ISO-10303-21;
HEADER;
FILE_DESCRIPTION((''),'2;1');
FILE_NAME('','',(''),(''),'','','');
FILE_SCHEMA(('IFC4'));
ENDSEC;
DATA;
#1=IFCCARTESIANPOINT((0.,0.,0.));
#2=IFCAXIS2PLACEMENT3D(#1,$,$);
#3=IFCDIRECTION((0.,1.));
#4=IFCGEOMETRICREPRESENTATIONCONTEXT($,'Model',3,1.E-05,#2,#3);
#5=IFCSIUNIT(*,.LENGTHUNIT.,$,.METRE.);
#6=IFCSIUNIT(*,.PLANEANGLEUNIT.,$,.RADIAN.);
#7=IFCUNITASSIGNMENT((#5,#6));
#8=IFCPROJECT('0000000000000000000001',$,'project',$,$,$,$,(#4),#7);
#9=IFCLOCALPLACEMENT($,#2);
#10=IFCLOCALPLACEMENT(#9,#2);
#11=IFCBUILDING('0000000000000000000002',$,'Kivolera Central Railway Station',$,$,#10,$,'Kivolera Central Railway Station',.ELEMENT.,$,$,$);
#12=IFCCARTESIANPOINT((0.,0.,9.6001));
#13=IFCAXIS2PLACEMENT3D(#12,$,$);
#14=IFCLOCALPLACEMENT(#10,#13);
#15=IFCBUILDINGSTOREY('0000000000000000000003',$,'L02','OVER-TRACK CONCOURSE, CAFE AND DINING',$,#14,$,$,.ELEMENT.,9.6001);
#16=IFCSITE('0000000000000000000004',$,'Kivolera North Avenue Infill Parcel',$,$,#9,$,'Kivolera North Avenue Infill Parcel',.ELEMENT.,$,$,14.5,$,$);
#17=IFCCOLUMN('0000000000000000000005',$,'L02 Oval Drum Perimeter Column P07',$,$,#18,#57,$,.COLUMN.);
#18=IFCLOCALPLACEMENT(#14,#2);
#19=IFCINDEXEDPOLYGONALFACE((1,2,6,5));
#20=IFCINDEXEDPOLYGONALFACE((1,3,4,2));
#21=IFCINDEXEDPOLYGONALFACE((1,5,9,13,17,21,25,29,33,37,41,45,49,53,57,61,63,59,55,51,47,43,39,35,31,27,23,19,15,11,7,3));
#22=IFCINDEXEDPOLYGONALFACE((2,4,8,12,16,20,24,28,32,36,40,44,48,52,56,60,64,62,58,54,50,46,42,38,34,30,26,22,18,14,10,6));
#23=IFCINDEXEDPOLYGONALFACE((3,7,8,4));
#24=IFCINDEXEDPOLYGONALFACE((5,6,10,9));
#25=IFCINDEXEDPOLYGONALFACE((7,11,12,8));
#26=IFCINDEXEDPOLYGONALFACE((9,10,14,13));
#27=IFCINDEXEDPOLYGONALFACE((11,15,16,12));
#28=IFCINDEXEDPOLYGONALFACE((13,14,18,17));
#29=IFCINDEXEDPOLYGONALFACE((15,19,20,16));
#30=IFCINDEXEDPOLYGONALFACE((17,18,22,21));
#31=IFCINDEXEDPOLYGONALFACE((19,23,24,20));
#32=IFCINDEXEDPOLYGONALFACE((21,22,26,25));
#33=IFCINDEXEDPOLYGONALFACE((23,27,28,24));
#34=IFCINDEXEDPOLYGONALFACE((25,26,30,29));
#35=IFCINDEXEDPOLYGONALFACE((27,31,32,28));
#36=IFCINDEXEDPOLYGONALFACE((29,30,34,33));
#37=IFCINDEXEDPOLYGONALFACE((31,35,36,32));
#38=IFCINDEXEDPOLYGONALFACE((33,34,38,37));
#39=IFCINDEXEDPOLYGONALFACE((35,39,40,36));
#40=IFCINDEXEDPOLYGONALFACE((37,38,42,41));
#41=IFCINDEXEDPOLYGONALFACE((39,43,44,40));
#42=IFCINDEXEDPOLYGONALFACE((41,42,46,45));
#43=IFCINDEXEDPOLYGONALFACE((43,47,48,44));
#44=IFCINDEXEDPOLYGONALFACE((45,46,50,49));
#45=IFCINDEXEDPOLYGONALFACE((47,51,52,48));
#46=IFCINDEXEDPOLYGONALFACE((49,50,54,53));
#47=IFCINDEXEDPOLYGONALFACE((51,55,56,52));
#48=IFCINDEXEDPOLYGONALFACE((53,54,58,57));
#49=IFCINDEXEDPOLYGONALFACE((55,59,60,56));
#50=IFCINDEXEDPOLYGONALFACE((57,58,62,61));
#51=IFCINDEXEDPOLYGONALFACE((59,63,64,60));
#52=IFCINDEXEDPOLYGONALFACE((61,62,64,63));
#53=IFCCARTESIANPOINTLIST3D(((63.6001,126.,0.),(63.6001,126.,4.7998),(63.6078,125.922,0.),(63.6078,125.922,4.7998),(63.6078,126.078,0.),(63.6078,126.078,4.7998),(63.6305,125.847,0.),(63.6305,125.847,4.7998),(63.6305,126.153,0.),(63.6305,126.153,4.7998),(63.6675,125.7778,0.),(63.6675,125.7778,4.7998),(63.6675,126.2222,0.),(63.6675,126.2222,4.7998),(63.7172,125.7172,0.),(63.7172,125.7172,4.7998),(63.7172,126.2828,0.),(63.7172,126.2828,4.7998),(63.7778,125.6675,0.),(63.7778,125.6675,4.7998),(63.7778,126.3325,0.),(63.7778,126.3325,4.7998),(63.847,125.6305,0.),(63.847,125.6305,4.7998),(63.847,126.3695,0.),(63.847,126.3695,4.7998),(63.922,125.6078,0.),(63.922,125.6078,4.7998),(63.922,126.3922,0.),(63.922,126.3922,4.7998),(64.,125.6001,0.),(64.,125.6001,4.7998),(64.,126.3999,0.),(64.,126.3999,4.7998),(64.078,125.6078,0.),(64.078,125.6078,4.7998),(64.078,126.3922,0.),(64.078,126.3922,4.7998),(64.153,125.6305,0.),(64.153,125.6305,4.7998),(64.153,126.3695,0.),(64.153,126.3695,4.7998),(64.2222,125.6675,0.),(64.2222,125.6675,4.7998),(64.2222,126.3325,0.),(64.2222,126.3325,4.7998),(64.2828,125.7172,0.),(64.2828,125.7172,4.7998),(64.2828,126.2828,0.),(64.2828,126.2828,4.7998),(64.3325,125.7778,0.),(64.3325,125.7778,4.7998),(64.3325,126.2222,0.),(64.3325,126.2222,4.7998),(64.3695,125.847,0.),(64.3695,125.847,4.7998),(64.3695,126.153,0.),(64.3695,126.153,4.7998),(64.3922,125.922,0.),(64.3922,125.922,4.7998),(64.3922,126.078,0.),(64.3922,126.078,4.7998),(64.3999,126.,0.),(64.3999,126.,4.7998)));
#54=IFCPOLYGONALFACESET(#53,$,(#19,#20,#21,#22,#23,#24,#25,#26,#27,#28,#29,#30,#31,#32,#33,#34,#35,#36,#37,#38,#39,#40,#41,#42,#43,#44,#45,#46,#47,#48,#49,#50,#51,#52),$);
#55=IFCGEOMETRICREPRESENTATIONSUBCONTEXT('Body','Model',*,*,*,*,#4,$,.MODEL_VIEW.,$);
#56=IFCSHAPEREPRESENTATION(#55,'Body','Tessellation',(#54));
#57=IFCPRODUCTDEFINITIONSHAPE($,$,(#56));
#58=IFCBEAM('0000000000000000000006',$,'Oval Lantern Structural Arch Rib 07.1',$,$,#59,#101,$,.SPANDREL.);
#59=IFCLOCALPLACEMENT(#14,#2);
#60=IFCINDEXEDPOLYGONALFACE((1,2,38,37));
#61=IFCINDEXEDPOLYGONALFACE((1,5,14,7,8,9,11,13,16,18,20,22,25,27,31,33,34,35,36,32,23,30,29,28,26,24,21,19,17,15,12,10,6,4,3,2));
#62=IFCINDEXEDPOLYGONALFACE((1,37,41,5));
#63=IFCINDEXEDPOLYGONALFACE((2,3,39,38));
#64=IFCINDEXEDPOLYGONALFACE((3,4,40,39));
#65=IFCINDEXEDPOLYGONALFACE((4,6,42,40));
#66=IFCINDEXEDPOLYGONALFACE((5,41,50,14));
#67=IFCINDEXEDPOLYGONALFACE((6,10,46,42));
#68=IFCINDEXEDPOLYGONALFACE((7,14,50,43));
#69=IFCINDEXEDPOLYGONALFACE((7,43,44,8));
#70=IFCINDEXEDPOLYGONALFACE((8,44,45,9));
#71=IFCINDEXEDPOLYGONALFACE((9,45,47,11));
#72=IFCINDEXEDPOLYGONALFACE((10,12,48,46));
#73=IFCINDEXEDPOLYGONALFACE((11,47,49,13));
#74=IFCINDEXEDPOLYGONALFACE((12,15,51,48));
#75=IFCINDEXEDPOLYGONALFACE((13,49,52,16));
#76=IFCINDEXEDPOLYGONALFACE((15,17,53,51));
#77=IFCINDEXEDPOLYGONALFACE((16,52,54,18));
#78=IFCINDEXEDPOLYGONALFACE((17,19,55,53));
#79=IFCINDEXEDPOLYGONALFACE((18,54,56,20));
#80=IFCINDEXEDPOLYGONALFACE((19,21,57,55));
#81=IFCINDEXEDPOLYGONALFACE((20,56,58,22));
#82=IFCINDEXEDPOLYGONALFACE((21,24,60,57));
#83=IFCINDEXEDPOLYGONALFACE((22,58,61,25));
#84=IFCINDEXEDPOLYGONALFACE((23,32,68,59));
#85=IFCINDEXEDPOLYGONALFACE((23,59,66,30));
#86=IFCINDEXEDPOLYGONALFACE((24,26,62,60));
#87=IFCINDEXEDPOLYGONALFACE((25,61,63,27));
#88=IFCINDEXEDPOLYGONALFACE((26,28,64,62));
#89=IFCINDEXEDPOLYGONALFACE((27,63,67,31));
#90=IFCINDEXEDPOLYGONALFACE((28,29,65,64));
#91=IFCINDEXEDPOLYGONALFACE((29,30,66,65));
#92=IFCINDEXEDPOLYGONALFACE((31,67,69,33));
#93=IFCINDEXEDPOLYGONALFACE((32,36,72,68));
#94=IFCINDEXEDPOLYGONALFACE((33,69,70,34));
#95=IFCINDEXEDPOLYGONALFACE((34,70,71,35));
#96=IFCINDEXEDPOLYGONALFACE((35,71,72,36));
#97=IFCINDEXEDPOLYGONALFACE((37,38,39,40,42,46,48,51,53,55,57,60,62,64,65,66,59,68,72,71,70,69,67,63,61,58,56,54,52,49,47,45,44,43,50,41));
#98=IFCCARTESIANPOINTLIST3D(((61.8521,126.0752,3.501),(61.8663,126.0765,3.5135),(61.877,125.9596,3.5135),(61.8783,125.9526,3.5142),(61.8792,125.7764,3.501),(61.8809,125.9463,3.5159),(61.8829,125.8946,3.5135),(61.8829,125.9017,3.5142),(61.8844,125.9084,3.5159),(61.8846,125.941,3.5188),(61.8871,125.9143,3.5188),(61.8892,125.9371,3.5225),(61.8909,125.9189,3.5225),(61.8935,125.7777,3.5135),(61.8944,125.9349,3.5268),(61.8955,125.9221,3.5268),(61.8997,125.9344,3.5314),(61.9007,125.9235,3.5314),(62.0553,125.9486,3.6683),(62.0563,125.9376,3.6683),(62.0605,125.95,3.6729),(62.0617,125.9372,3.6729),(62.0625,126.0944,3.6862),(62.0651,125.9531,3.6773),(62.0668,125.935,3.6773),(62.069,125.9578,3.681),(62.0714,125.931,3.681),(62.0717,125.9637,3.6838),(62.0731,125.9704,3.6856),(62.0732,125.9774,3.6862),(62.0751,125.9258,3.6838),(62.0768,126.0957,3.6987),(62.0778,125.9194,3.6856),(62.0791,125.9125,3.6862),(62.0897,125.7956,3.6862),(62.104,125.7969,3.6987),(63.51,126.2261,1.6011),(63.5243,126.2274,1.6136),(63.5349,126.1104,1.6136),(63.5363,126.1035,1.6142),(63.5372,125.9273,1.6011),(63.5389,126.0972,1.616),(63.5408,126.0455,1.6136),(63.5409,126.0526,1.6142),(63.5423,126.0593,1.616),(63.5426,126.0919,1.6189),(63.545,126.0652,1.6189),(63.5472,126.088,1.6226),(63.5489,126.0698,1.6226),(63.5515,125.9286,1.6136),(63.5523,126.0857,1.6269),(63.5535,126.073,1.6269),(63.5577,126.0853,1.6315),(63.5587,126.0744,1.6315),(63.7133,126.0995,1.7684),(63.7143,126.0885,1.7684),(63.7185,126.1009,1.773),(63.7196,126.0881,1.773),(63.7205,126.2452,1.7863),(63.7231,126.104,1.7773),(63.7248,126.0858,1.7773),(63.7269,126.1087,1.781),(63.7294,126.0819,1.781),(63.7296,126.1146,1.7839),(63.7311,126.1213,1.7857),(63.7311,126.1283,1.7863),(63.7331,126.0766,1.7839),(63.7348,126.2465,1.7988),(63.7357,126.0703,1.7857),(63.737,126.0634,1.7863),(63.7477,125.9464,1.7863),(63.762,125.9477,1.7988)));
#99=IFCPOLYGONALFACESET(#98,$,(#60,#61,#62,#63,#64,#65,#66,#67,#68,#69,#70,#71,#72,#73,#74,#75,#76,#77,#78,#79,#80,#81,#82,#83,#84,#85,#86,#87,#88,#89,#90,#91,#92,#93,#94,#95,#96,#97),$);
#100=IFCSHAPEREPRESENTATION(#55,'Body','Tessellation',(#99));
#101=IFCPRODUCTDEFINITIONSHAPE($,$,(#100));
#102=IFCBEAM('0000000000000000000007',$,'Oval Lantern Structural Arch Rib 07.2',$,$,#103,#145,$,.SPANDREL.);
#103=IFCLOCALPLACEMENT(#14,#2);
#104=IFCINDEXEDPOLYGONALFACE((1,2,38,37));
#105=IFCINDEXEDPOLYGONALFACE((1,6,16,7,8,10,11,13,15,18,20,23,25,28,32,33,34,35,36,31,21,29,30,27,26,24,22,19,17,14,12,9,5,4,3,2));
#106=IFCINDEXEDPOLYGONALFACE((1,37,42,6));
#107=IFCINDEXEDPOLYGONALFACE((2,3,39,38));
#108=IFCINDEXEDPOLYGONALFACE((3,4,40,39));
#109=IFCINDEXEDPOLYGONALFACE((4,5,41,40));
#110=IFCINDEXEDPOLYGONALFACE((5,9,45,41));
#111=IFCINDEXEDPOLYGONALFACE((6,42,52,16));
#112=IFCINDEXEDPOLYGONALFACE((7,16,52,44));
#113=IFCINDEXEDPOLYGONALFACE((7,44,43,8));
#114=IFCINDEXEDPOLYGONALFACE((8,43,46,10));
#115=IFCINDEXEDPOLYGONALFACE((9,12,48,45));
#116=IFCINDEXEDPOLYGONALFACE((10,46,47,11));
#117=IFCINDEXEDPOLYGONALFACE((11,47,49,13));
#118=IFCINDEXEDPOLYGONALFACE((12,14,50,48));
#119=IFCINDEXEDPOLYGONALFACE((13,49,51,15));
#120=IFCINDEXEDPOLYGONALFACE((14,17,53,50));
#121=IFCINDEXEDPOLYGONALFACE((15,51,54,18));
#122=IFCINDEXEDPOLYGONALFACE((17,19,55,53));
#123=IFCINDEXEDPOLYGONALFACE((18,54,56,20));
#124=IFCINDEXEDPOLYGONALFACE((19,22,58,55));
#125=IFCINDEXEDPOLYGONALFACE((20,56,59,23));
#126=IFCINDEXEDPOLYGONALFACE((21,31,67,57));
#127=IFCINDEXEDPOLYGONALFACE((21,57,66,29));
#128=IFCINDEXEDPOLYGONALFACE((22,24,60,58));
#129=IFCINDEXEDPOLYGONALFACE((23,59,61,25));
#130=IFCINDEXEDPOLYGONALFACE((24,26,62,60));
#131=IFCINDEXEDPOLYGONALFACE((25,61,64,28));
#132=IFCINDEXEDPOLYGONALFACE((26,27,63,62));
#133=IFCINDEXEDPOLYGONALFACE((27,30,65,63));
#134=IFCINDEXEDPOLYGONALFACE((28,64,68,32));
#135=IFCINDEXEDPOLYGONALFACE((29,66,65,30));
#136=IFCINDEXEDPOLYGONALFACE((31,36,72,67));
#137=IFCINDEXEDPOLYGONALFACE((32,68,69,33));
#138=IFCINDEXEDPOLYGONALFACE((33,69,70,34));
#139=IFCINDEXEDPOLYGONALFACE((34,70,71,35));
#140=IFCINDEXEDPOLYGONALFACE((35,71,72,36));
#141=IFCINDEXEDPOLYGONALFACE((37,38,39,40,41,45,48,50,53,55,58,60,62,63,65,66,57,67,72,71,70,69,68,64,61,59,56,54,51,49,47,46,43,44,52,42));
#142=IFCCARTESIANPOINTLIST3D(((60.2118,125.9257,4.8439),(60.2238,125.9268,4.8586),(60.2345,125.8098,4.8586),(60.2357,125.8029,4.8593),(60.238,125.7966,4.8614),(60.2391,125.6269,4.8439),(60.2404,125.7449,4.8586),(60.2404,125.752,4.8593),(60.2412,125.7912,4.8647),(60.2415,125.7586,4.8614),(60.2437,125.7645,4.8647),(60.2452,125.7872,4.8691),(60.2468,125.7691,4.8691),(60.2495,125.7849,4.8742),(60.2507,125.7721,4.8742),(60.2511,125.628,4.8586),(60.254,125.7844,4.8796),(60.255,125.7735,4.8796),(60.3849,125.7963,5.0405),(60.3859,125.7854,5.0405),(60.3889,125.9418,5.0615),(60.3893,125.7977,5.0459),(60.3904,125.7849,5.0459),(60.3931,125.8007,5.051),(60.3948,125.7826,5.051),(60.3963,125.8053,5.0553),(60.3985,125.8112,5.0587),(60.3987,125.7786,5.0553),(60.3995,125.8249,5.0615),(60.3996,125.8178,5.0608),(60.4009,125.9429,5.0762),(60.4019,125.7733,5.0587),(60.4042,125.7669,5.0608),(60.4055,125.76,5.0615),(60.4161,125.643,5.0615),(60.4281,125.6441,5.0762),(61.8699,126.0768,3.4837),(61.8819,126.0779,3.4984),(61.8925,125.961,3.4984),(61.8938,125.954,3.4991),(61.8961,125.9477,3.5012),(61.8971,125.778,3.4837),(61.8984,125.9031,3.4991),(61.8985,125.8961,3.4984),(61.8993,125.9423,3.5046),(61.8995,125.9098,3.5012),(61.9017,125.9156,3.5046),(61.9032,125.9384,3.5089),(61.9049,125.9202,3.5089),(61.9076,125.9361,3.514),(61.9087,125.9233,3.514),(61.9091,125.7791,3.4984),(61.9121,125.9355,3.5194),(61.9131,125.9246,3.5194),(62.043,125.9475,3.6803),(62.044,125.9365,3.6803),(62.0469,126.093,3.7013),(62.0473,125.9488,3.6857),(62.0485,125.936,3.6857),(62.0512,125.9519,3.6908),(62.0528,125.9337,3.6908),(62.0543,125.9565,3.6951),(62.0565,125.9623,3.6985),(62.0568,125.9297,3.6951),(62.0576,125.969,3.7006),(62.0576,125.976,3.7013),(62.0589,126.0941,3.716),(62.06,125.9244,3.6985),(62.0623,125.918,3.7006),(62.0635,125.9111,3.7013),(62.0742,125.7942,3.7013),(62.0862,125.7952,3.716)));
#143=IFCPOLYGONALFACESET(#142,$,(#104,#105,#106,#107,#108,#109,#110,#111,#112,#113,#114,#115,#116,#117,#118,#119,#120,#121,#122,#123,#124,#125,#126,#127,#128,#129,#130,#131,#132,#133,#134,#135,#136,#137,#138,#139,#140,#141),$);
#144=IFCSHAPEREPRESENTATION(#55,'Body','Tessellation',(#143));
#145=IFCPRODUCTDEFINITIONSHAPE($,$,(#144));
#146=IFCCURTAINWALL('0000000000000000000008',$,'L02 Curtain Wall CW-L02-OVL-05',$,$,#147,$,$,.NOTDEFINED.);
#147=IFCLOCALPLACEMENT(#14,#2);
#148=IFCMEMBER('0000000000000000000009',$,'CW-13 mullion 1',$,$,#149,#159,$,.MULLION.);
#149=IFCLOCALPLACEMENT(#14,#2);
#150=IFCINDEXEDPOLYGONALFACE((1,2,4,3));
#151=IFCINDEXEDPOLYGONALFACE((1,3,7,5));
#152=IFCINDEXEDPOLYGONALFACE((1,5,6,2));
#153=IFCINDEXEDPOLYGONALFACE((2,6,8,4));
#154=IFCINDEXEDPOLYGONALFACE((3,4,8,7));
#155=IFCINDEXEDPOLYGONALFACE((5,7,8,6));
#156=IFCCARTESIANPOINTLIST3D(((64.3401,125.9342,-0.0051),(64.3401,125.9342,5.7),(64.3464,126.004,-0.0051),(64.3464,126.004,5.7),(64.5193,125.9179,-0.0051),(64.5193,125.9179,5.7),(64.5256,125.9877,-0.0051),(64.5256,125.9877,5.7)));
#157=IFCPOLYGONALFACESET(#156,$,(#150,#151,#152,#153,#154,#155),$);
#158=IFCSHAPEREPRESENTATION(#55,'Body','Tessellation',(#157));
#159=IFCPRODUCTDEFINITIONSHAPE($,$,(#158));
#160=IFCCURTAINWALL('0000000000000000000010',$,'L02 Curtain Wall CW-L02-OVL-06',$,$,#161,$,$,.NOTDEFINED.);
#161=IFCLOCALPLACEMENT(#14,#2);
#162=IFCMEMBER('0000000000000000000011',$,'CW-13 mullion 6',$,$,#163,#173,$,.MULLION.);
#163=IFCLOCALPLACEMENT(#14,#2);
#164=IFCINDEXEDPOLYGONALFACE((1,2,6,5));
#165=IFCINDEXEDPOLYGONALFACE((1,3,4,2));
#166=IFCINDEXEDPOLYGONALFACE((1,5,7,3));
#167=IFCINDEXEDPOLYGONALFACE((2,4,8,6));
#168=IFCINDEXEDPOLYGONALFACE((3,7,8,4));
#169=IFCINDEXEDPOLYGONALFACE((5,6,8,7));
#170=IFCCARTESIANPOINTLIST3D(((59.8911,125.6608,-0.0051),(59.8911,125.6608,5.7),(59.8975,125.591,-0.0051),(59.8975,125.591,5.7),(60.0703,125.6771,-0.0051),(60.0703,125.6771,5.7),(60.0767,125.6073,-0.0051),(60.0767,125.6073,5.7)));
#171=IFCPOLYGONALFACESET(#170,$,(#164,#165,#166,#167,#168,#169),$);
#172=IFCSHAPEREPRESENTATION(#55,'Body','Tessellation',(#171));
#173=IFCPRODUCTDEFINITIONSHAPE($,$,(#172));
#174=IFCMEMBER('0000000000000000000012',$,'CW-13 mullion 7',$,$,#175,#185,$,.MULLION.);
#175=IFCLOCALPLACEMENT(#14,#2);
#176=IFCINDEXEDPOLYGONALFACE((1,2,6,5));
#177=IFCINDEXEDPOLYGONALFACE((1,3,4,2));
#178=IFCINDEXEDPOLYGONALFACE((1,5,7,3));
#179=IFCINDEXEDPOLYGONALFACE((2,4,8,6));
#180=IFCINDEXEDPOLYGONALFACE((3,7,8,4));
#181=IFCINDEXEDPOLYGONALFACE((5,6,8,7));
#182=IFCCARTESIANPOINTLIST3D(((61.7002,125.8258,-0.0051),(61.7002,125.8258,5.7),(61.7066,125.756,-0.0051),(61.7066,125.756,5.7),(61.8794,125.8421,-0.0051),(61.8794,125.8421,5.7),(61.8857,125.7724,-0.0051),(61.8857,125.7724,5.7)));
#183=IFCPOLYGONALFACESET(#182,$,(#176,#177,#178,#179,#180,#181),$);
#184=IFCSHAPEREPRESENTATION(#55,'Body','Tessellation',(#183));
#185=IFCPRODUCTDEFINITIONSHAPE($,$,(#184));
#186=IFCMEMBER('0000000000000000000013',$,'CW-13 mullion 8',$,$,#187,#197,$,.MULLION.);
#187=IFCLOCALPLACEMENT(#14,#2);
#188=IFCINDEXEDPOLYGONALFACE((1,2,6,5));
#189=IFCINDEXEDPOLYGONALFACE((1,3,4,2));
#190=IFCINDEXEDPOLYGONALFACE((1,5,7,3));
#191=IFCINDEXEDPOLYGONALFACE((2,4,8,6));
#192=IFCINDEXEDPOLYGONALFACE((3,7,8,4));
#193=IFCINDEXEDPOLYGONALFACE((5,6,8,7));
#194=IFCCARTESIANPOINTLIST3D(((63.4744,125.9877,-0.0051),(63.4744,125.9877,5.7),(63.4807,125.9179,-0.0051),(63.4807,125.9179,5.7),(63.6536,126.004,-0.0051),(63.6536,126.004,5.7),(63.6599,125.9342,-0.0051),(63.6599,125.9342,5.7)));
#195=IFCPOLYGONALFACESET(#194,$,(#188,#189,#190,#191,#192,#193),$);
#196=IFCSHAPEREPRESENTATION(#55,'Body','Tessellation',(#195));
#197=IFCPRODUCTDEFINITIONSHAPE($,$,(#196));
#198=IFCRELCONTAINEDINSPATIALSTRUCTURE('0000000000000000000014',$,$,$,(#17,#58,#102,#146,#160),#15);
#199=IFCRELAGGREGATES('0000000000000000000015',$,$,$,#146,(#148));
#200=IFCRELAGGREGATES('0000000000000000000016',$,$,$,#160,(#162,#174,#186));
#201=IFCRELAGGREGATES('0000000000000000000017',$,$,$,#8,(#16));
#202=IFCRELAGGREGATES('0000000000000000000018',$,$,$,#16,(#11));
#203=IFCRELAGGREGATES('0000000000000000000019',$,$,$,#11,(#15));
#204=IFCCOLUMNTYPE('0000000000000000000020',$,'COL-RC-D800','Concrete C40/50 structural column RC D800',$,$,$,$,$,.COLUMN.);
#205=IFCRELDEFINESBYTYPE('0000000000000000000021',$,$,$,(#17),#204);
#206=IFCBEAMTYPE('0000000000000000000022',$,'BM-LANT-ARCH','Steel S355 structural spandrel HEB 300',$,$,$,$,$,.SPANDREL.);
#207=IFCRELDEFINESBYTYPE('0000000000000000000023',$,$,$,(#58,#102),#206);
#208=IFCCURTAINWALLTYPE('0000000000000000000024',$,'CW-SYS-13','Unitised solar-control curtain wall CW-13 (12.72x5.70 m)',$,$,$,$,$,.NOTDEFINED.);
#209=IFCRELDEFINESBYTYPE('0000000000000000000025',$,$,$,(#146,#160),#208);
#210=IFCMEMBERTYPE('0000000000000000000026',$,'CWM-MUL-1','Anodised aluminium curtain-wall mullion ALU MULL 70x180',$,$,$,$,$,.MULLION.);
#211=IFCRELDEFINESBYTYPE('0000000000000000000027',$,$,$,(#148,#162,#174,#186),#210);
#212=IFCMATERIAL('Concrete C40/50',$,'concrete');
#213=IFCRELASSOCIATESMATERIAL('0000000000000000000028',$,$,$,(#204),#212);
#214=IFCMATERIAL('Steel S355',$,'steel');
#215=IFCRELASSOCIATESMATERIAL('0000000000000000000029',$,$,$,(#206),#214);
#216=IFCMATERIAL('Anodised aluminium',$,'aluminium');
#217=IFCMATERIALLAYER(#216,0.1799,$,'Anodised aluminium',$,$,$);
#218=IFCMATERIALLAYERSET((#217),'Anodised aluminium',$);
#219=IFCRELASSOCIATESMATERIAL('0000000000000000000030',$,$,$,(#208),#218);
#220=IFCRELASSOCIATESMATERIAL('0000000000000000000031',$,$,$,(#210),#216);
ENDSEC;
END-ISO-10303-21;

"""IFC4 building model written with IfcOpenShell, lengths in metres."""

from ifc_helpers import new_model, si_unit, direction, frame, origin, origin_2d, place, context, subcontext, project, spatial, rectangle, circle, i_section, extrude, material, layer, layer_set, material_profile, profile_set, type_object, element, aggregate, save


model = new_model("IFC4")

# Units and contexts
model_context = context("Model", 3, precision=1e-05, world=origin(), true_north=direction((0.0, 1.0)))
body_context = subcontext(model_context, "Body", "Model", "MODEL_VIEW")
ifc_project = project(units=[si_unit("LENGTHUNIT", "METRE"), si_unit("PLANEANGLEUNIT", "RADIAN")], contexts=[model_context])

# Site, building, storey
site_placement = place(None, origin())
site = spatial("IfcSite", under=ifc_project, at=site_placement, Name="Kivolera North Avenue Infill Parcel", LongName="Kivolera North Avenue Infill Parcel", CompositionType="ELEMENT", RefElevation=14.5)
building_placement = place(site_placement, origin())
building = spatial("IfcBuilding", under=site, at=building_placement, Name="Kivolera Central Railway Station", LongName="Kivolera Central Railway Station", CompositionType="ELEMENT")
storey_placement = place(building_placement, frame((0.0, 0.0, 9.6001)))
storey = spatial("IfcBuildingStorey", under=building, at=storey_placement, Name="L02", Description="OVER-TRACK CONCOURSE, CAFE AND DINING", CompositionType="ELEMENT", Elevation=9.6001)

# Column
ifc_material_1 = material(Name="Concrete C40/50", Category="concrete")
ifc_material_profile_1 = material_profile(ifc_material_1, circle(Radius=0.3999, at=origin_2d()), Name="RC D800")
ifc_profile_set_1 = profile_set([ifc_material_profile_1], Name="Concrete C40/50")
column_type = type_object("IfcColumnType", Name="COL-RC-D800", Description="Concrete C40/50 structural column RC D800", PredefinedType="COLUMN", material=ifc_profile_set_1)
column_placement = place(storey_placement, frame((64.0, 126.0, 0.0), z_axis=(0.0, 0.0, 1.0), x_axis=(1.0, 0.0, 0.0)))
element("IfcColumn", 1, at=column_placement, inside=storey, type_object=column_type, Name="L02 Oval Drum Perimeter Column P07", PredefinedType="COLUMN", context=body_context, shape_type="SweptSolid", body=[
    extrude(circle(Radius=0.3999, at=origin_2d()), origin(), (0.0, 0.0, 1.0), 4.7998),
])

# Beams
ifc_material_2 = material(Name="Steel S355", Category="steel")
ifc_material_profile_2 = material_profile(ifc_material_2, i_section(OverallWidth=0.3, OverallDepth=0.3, WebThickness=0.011, FlangeThickness=0.019, FilletRadius=0.0271, at=origin_2d()), Name="HEB 300")
ifc_profile_set_2 = profile_set([ifc_material_profile_2], Name="Steel S355")
beam_type = type_object("IfcBeamType", Name="BM-LANT-ARCH", Description="Steel S355 structural spandrel HEB 300", PredefinedType="SPANDREL", material=ifc_profile_set_2)
beam_1_placement = place(storey_placement, frame((63.636, 126.0869, 1.7), z_axis=(-0.656329, -0.059728, 0.752107), x_axis=(0.090628, -0.995885, 0.0)))
element("IfcBeam", 2, at=beam_1_placement, inside=storey, type_object=beam_type, Name="Oval Lantern Structural Arch Rib 07.1", PredefinedType="SPANDREL", context=body_context, shape_type="SweptSolid", body=[
    extrude(i_section(OverallWidth=0.3, OverallDepth=0.3, WebThickness=0.011, FlangeThickness=0.019, FilletRadius=0.0271, at=origin_2d()), origin(), (0.0, 0.0, 1.0), 2.5261),
])
beam_2_placement = place(storey_placement, frame((61.978, 125.936, 3.5999), z_axis=(-0.771222, -0.070297, 0.632673), x_axis=(0.090774, -0.995872, 0.0)))
element("IfcBeam", 3, at=beam_2_placement, inside=storey, type_object=beam_type, Name="Oval Lantern Structural Arch Rib 07.2", PredefinedType="SPANDREL", context=body_context, shape_type="SweptSolid", body=[
    extrude(i_section(OverallWidth=0.3, OverallDepth=0.3, WebThickness=0.011, FlangeThickness=0.019, FilletRadius=0.0271, at=origin_2d()), origin(), (0.0, 0.0, 1.0), 2.1499),
])

# Curtain wall, member
ifc_material_3 = material(Name="Anodised aluminium", Category="aluminium")
ifc_layer_1 = layer(ifc_material_3, 0.1799, Name="Anodised aluminium")
ifc_layer_set_1 = layer_set([ifc_layer_1], Name="Anodised aluminium")
curtain_wall_type = type_object("IfcCurtainWallType", Name="CW-SYS-13", Description="Unitised solar-control curtain wall CW-13 (12.72x5.70 m)", PredefinedType="NOTDEFINED", material=ifc_layer_set_1)
curtain_wall_1_placement = place(storey_placement, origin())
curtain_wall_1 = element("IfcCurtainWall", 4, at=curtain_wall_1_placement, inside=storey, type_object=curtain_wall_type, Name="L02 Curtain Wall CW-L02-OVL-05", PredefinedType="NOTDEFINED")
ifc_material_profile_3 = material_profile(ifc_material_3, rectangle(XDim=0.0701, YDim=0.1799, at=origin_2d()), Name="ALU MULL 70x180")
ifc_profile_set_3 = profile_set([ifc_material_profile_3], Name="Anodised aluminium")
member_type_1 = type_object("IfcMemberType", Name="CWM-MUL-1", Description="Anodised aluminium curtain-wall mullion ALU MULL 70x180", PredefinedType="MULLION", material=ifc_profile_set_3)
member_1_placement = place(storey_placement, frame((64.4329, 125.9609, -0.0051), z_axis=(0.0, 0.0, 1.0), x_axis=(0.090834, 0.995866, 0.0)))
member_1 = element("IfcMember", 5, at=member_1_placement, type_object=member_type_1, Name="CW-13 mullion 1", PredefinedType="MULLION", context=body_context, shape_type="SweptSolid", body=[
    extrude(rectangle(XDim=0.0701, YDim=0.1799, at=origin_2d()), origin(), (0.0, 0.0, 1.0), 5.7051),
])

# Curtain wall, members
curtain_wall_2_placement = place(storey_placement, origin())
curtain_wall_2 = element("IfcCurtainWall", 6, at=curtain_wall_2_placement, inside=storey, type_object=curtain_wall_type, Name="L02 Curtain Wall CW-L02-OVL-06", PredefinedType="NOTDEFINED")
member_2_placement = place(storey_placement, frame((59.9839, 125.634, -0.0051), z_axis=(0.0, 0.0, 1.0), x_axis=(-0.090834, 0.995866, 0.0)))
member_2 = element("IfcMember", 7, at=member_2_placement, type_object=member_type_1, Name="CW-13 mullion 6", PredefinedType="MULLION", context=body_context, shape_type="SweptSolid", body=[
    extrude(rectangle(XDim=0.0701, YDim=0.1799, at=origin_2d()), origin(), (0.0, 0.0, 1.0), 5.7051),
])
member_3_placement = place(storey_placement, frame((61.793, 125.7991, -0.0051), z_axis=(0.0, 0.0, 1.0), x_axis=(-0.090834, 0.995866, 0.0)))
member_3 = element("IfcMember", 8, at=member_3_placement, type_object=member_type_1, Name="CW-13 mullion 7", PredefinedType="MULLION", context=body_context, shape_type="SweptSolid", body=[
    extrude(rectangle(XDim=0.0701, YDim=0.1799, at=origin_2d()), origin(), (0.0, 0.0, 1.0), 5.7051),
])
member_4_placement = place(storey_placement, frame((63.5671, 125.9609, -0.0051), z_axis=(0.0, 0.0, 1.0), x_axis=(-0.090834, 0.995866, 0.0)))
member_4 = element("IfcMember", 9, at=member_4_placement, type_object=member_type_1, Name="CW-13 mullion 8", PredefinedType="MULLION", context=body_context, shape_type="SweptSolid", body=[
    extrude(rectangle(XDim=0.0701, YDim=0.1799, at=origin_2d()), origin(), (0.0, 0.0, 1.0), 5.7051),
])

aggregate(curtain_wall_1, [member_1])

aggregate(curtain_wall_2, [member_2, member_3, member_4])

save(model, "model.ifc")
